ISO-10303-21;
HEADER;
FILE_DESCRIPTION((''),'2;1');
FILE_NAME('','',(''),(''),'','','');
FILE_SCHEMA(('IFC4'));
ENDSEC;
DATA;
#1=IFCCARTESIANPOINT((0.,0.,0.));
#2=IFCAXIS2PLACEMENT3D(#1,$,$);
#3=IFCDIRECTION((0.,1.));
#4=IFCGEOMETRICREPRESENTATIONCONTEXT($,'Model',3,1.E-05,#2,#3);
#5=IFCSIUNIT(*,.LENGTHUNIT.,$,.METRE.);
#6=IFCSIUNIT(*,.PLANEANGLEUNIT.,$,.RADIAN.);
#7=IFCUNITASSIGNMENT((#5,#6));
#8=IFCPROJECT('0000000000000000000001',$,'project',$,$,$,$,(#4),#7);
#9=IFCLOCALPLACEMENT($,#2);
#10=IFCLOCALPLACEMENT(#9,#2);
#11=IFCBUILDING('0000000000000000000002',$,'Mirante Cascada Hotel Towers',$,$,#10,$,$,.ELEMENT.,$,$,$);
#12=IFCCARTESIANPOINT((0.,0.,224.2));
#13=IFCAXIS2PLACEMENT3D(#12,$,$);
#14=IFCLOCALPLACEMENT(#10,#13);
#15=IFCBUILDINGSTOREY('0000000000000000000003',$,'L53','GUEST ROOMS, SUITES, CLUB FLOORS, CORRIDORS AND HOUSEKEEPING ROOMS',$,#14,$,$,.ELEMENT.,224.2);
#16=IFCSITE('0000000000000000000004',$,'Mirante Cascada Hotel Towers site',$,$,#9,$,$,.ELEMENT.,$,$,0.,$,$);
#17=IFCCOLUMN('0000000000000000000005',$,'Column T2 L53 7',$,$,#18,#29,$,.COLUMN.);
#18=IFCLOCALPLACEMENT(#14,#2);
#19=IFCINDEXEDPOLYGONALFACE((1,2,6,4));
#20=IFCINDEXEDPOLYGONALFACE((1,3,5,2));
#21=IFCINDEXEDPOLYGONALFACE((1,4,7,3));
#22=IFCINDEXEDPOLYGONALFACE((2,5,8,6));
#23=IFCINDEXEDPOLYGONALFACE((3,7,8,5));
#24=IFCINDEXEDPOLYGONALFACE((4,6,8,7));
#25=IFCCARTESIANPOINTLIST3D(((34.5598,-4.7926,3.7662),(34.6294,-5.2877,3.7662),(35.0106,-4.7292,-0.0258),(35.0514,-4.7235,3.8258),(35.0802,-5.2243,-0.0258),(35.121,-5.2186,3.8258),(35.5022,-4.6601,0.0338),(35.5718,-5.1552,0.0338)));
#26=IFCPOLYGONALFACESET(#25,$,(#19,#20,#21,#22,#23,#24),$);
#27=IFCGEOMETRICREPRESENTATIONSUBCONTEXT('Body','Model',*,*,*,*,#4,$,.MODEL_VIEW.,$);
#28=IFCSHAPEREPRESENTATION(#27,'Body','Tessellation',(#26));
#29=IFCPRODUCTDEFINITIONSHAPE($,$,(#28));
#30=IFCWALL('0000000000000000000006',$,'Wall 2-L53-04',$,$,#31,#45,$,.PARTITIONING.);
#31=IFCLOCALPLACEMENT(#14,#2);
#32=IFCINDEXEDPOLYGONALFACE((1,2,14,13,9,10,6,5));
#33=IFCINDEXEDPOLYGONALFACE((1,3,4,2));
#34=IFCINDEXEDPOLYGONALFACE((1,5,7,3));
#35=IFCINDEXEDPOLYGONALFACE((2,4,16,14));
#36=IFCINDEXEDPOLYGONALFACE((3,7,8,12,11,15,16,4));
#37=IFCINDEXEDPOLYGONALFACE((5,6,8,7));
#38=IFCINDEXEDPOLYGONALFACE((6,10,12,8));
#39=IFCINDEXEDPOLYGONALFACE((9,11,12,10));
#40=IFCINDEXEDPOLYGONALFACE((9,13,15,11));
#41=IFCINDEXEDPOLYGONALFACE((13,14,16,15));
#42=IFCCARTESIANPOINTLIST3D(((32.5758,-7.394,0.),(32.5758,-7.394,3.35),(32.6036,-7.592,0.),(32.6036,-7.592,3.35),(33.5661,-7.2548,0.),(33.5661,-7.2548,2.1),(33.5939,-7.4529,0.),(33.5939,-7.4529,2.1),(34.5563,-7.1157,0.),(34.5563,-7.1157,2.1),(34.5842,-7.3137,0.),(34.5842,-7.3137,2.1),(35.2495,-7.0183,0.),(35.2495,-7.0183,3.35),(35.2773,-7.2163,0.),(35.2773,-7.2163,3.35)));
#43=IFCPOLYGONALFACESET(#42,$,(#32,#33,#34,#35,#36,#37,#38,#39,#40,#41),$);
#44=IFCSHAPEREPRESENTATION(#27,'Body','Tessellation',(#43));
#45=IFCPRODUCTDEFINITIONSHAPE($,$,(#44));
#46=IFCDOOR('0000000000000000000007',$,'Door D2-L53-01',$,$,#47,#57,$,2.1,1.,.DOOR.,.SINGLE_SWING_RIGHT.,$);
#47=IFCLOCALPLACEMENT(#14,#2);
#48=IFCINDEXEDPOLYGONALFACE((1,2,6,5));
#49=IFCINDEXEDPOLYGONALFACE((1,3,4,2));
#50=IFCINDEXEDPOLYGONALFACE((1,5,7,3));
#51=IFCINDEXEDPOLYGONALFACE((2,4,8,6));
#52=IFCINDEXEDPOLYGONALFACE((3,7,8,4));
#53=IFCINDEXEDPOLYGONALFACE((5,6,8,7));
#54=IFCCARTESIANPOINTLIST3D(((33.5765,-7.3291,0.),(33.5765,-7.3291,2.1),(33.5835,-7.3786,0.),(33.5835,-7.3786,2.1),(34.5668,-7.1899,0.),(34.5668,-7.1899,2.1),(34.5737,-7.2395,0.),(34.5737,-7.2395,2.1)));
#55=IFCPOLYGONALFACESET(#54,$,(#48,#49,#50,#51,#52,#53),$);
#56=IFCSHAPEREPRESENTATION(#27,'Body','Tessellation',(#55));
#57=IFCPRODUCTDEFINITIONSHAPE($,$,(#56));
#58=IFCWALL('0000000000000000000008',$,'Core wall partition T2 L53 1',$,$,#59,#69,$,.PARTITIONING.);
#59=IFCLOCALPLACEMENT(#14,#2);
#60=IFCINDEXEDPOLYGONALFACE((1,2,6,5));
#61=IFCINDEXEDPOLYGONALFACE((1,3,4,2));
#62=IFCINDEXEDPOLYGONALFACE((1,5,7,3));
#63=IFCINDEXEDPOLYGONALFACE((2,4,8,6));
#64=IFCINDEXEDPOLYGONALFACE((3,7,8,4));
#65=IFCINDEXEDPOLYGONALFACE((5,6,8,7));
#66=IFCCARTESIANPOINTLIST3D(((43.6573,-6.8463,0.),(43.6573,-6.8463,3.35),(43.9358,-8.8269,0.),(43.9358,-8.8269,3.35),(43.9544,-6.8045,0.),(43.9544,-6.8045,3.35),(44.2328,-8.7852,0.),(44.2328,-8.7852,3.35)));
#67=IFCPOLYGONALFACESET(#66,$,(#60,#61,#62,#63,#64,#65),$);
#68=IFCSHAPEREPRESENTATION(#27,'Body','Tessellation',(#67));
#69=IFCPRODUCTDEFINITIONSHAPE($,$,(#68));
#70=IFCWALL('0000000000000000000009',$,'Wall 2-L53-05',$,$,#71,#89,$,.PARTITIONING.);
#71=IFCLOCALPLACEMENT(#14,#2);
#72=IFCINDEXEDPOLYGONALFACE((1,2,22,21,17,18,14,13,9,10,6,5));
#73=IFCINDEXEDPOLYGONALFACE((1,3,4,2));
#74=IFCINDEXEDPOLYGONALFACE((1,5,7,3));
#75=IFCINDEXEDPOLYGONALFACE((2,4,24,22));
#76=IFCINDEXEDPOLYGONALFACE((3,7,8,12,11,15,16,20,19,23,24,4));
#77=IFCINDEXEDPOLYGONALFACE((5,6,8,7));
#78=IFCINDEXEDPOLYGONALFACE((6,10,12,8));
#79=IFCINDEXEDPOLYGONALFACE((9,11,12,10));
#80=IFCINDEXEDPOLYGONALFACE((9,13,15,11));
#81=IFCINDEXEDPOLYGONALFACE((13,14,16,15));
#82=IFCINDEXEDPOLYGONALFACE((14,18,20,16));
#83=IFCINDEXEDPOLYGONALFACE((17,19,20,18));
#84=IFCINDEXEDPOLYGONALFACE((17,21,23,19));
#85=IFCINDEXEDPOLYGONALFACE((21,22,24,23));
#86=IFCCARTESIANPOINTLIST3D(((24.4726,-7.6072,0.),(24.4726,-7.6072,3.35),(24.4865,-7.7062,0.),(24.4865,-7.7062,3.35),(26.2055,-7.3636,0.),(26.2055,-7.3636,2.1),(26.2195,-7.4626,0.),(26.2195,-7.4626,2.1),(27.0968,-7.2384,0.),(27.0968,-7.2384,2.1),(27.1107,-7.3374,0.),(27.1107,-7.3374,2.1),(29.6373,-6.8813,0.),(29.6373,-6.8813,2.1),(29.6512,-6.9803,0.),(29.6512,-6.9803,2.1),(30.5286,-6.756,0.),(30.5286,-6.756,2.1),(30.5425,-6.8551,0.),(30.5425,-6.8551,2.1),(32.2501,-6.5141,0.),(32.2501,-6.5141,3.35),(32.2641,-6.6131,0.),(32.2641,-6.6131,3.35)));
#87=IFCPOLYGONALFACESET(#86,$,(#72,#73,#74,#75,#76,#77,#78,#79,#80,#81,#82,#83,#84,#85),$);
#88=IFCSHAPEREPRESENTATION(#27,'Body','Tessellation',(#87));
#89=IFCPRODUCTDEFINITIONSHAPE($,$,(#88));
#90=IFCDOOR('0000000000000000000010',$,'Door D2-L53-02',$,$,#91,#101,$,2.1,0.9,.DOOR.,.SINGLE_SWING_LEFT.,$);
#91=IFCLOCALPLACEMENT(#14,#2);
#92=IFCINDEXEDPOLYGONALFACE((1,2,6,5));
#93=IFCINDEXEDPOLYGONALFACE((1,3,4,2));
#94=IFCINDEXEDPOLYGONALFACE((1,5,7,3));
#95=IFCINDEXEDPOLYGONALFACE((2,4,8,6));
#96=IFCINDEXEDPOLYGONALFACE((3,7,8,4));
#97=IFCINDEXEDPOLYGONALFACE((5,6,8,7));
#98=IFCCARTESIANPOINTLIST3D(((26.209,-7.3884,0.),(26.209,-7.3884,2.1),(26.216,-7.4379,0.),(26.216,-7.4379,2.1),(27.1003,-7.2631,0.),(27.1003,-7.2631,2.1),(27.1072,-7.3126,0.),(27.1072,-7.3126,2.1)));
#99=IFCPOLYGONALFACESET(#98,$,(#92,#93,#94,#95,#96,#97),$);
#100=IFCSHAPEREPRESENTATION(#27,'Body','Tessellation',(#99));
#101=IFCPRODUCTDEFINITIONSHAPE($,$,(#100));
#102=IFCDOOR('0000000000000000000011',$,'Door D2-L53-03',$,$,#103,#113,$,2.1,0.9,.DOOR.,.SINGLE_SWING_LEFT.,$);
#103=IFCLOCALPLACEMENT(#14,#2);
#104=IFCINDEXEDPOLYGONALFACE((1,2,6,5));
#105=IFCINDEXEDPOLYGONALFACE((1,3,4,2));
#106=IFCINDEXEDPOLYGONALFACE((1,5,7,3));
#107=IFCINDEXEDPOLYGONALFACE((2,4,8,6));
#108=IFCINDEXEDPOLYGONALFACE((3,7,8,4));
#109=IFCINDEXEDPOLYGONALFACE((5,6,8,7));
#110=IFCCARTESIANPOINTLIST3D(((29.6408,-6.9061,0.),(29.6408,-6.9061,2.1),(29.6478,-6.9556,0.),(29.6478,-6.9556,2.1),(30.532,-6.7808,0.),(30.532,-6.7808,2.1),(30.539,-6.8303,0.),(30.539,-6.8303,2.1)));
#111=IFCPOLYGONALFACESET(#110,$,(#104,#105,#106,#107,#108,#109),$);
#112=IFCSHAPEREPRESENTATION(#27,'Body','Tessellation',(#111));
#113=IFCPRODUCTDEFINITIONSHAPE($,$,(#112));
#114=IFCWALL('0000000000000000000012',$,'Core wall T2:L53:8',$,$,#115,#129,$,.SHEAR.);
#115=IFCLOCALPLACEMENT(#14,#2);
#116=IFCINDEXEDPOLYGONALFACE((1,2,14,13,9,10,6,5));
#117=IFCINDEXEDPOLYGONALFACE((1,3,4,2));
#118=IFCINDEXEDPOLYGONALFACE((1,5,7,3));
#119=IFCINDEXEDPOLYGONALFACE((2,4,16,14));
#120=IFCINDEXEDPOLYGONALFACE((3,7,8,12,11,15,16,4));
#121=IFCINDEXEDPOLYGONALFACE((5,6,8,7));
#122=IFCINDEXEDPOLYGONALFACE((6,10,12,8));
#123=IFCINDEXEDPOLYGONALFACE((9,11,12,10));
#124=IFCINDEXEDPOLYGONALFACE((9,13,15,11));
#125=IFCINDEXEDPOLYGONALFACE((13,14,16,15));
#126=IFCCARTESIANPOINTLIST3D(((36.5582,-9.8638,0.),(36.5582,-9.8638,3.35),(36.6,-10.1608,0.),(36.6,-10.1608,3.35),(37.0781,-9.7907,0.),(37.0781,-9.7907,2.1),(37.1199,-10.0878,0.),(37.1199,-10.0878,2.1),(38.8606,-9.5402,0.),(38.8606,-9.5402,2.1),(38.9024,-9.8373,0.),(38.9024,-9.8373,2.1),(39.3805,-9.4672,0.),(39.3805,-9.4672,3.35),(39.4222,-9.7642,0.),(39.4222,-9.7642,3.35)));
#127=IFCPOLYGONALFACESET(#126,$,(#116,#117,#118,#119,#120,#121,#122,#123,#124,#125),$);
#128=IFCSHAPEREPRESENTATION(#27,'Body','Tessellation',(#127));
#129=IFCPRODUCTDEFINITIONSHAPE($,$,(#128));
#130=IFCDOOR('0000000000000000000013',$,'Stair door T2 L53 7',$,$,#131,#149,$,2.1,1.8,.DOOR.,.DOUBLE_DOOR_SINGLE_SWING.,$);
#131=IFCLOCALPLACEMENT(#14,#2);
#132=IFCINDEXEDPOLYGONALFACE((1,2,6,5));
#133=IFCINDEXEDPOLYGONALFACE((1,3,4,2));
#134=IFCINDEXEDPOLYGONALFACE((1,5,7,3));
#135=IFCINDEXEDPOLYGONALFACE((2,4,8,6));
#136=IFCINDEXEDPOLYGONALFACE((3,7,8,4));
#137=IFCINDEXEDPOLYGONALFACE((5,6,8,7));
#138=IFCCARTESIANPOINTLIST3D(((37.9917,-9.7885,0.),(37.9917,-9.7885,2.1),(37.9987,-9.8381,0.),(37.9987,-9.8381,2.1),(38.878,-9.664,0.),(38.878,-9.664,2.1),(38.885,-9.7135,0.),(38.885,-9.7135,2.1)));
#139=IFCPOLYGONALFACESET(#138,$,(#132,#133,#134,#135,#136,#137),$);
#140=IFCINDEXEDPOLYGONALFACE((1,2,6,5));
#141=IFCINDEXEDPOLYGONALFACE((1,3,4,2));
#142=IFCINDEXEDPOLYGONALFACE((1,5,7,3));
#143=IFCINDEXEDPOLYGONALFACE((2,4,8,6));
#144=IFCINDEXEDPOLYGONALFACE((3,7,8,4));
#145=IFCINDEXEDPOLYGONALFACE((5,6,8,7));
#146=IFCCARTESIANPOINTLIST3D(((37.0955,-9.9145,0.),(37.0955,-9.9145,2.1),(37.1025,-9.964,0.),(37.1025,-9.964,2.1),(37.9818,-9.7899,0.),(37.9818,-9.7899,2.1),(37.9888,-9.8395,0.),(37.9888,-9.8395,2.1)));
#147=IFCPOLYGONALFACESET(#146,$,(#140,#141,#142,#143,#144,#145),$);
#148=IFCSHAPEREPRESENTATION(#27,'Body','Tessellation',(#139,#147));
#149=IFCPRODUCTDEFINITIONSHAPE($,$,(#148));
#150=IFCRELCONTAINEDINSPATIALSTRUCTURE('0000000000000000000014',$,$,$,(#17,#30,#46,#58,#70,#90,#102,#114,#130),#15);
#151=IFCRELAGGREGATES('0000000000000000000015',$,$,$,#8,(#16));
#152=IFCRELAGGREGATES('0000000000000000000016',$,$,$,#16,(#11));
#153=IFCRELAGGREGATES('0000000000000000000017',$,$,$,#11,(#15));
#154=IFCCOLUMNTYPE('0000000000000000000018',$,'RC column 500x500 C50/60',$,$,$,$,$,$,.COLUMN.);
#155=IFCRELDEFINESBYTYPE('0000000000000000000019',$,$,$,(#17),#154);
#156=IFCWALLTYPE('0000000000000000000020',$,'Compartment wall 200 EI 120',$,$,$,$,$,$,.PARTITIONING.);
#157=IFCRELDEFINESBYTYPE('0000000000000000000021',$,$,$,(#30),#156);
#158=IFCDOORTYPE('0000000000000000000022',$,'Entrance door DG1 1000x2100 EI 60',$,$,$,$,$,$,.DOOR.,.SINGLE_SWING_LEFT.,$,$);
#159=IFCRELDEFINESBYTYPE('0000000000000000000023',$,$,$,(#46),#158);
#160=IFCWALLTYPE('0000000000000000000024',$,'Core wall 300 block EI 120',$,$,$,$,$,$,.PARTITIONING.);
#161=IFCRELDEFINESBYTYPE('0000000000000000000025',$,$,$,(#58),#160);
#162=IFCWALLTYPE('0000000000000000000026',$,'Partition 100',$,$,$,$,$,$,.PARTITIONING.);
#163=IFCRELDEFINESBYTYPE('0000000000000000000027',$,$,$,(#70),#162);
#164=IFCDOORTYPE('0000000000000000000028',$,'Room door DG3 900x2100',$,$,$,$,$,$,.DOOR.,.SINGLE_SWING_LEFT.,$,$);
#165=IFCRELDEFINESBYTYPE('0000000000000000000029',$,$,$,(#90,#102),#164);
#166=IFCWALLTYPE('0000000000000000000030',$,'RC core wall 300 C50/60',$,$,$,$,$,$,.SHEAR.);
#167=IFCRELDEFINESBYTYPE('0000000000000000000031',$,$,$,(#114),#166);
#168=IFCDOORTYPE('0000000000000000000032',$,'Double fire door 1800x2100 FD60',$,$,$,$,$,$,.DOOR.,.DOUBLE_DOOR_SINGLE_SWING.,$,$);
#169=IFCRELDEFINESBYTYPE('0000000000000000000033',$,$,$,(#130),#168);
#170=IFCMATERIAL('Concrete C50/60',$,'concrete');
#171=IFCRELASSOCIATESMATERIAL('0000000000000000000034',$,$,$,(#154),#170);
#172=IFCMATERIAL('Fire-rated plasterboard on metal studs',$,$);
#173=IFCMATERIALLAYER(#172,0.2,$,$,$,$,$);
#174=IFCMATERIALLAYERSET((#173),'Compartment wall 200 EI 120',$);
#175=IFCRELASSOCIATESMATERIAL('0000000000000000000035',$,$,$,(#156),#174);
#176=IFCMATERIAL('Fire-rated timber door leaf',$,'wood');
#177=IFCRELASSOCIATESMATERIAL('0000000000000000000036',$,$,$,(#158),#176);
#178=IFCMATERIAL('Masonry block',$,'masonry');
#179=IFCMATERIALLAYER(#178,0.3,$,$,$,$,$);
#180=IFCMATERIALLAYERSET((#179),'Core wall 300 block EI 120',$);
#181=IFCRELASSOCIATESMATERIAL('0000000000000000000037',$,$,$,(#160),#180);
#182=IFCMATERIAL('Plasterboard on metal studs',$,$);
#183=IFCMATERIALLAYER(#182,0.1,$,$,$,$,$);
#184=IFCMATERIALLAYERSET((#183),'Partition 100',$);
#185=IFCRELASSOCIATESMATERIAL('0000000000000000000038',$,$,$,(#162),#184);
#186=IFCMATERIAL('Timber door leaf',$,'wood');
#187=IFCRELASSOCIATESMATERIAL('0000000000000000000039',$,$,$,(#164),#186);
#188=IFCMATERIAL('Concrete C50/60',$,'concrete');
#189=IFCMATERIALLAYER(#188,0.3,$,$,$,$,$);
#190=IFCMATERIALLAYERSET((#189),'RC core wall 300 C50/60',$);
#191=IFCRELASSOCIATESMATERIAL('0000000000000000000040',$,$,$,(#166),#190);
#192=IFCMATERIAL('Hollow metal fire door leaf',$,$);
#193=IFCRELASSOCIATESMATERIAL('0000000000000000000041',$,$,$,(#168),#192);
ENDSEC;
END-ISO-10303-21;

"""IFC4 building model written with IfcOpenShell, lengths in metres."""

from ifc_helpers import new_model, si_unit, direction, frame, frame_2d, origin, origin_2d, place, context, subcontext, project, spatial, rectangle, extrude, material, layer, layer_set, material_profile, profile_set, type_object, element, fill, save


model = new_model("IFC4")

# Units and contexts
model_context = context("Model", 3, precision=1e-05, world=origin(), true_north=direction((0.0, 1.0)))
body_context = subcontext(model_context, "Body", "Model", "MODEL_VIEW")
ifc_project = project(units=[si_unit("LENGTHUNIT", "METRE"), si_unit("PLANEANGLEUNIT", "RADIAN")], contexts=[model_context])

# Site, building, storey
site_placement = place(None, origin())
site = spatial("IfcSite", under=ifc_project, at=site_placement, Name="Mirante Cascada Hotel Towers site", CompositionType="ELEMENT", RefElevation=0.0)
building_placement = place(site_placement, origin())
building = spatial("IfcBuilding", under=site, at=building_placement, Name="Mirante Cascada Hotel Towers", CompositionType="ELEMENT")
storey_placement = place(building_placement, frame((0.0, 0.0, 224.2)))
storey = spatial("IfcBuildingStorey", under=building, at=storey_placement, Name="L53", Description="GUEST ROOMS, SUITES, CLUB FLOORS, CORRIDORS AND HOUSEKEEPING ROOMS", CompositionType="ELEMENT", Elevation=224.2)

# Column
ifc_material_1 = material(Name="Concrete C50/60", Category="concrete")
ifc_material_profile = material_profile(ifc_material_1, rectangle(XDim=0.5, YDim=0.5, at=origin_2d()), Name="RC column 500x500 C50/60")
ifc_profile_set = profile_set([ifc_material_profile], Name="Concrete C50/60")
column_type = type_object("IfcColumnType", Name="RC column 500x500 C50/60", PredefinedType="COLUMN", material=ifc_profile_set)
column_placement = place(storey_placement, frame((35.2912, -4.9422, 0.004), z_axis=(-0.118034, -0.0166, 0.992871), x_axis=(0.139268, -0.990255, 0.0)))
element("IfcColumn", 1, at=column_placement, inside=storey, type_object=column_type, Name="Column T2 L53 7", PredefinedType="COLUMN", context=body_context, shape_type="SweptSolid", body=[
    extrude(rectangle(XDim=0.5, YDim=0.5, at=origin_2d()), origin(), (0.0, 0.0, 1.0), 3.8192),
])

# Wall, opening, door
ifc_material_2 = material(Name="Fire-rated plasterboard on metal studs")
ifc_layer_1 = layer(ifc_material_2, 0.2)
ifc_layer_set_1 = layer_set([ifc_layer_1], Name="Compartment wall 200 EI 120")
wall_type_1 = type_object("IfcWallType", Name="Compartment wall 200 EI 120", PredefinedType="PARTITIONING", material=ifc_layer_set_1)
wall_1_placement = place(storey_placement, frame((32.5897, -7.493, 0.0), z_axis=(0.0, 0.0, 1.0), x_axis=(0.990271, 0.13915, 0.0)))
wall_1 = element("IfcWall", 2, at=wall_1_placement, inside=storey, type_object=wall_type_1, Name="Wall 2-L53-04", PredefinedType="PARTITIONING", context=body_context, shape_type="SweptSolid", body=[
    extrude(rectangle(XDim=2.7, YDim=0.2, at=frame_2d((1.35, 0.0))), origin(), (0.0, 0.0, 1.0), 3.35),
])
opening_1_placement = place(wall_1_placement, frame((1.0, 0.0, 0.0)))
opening_1 = element("IfcOpeningElement", 3, at=opening_1_placement, cuts=wall_1, PredefinedType="OPENING", context=body_context, shape_type="SweptSolid", body=[
    extrude(rectangle(XDim=1.0, YDim=2.1, at=frame_2d((0.5, 1.05))), frame((0.0, 0.1, 0.0), z_axis=(0.0, -1.0, 0.0), x_axis=(1.0, 0.0, 0.0)), (0.0, 0.0, 1.0), 0.2),
])
ifc_material_3 = material(Name="Fire-rated timber door leaf", Category="wood")
door_type_1 = type_object("IfcDoorType", Name="Entrance door DG1 1000x2100 EI 60", OperationType="SINGLE_SWING_LEFT", PredefinedType="DOOR", material=ifc_material_3)
door_1_placement = place(opening_1_placement, frame((1.0, 0.0, 0.0), z_axis=(0.0, 0.0, 1.0), x_axis=(-1.0, 0.0, 0.0)))
door_1 = element("IfcDoor", 4, at=door_1_placement, inside=storey, type_object=door_type_1, Name="Door D2-L53-01", OperationType="SINGLE_SWING_RIGHT", OverallHeight=2.1, OverallWidth=1.0, PredefinedType="DOOR", context=body_context, shape_type="SweptSolid", body=[
    extrude(rectangle(XDim=1.0, YDim=2.1, at=frame_2d((0.5, 1.05))), frame((0.0, 0.025, 0.0), z_axis=(0.0, -1.0, 0.0), x_axis=(1.0, 0.0, 0.0)), (0.0, 0.0, 1.0), 0.05),
])
fill(opening_1, door_1)

# Wall
ifc_material_4 = material(Name="Masonry block", Category="masonry")
ifc_layer_2 = layer(ifc_material_4, 0.3)
ifc_layer_set_2 = layer_set([ifc_layer_2], Name="Core wall 300 block EI 120")
wall_type_2 = type_object("IfcWallType", Name="Core wall 300 block EI 120", PredefinedType="PARTITIONING", material=ifc_layer_set_2)
wall_2_placement = place(storey_placement, frame((44.0843, -8.8061, 0.0), z_axis=(0.0, 0.0, 1.0), x_axis=(-0.139195, 0.990265, 0.0)))
element("IfcWall", 5, at=wall_2_placement, inside=storey, type_object=wall_type_2, Name="Core wall partition T2 L53 1", PredefinedType="PARTITIONING", context=body_context, shape_type="SweptSolid", body=[
    extrude(rectangle(XDim=2.0001, YDim=0.3, at=frame_2d((1.0001, 0.0))), origin(), (0.0, 0.0, 1.0), 3.35),
])

# Wall, openings, doors
ifc_material_5 = material(Name="Plasterboard on metal studs")
ifc_layer_3 = layer(ifc_material_5, 0.1)
ifc_layer_set_3 = layer_set([ifc_layer_3], Name="Partition 100")
wall_type_3 = type_object("IfcWallType", Name="Partition 100", PredefinedType="PARTITIONING", material=ifc_layer_set_3)
wall_3_placement = place(storey_placement, frame((32.2571, -6.5636, 0.0), z_axis=(0.0, 0.0, 1.0), x_axis=(-0.990267, -0.139177, 0.0)))
wall_3 = element("IfcWall", 6, at=wall_3_placement, inside=storey, type_object=wall_type_3, Name="Wall 2-L53-05", PredefinedType="PARTITIONING", context=body_context, shape_type="SweptSolid", body=[
    extrude(rectangle(XDim=7.854, YDim=0.1, at=frame_2d((3.927, 0.0))), origin(), (0.0, 0.0, 1.0), 3.35),
])
opening_2_placement = place(wall_3_placement, frame((5.204, 0.0, 0.0)))
opening_2 = element("IfcOpeningElement", 7, at=opening_2_placement, cuts=wall_3, PredefinedType="OPENING", context=body_context, shape_type="SweptSolid", body=[
    extrude(rectangle(XDim=0.9, YDim=2.1, at=frame_2d((0.45, 1.05))), frame((0.0, 0.05, 0.0), z_axis=(0.0, -1.0, 0.0), x_axis=(1.0, 0.0, 0.0)), (0.0, 0.0, 1.0), 0.1),
])
opening_3_placement = place(wall_3_placement, frame((1.7385, 0.0, 0.0)))
opening_3 = element("IfcOpeningElement", 8, at=opening_3_placement, cuts=wall_3, PredefinedType="OPENING", context=body_context, shape_type="SweptSolid", body=[
    extrude(rectangle(XDim=0.9, YDim=2.1, at=frame_2d((0.45, 1.05))), frame((0.0, 0.05, 0.0), z_axis=(0.0, -1.0, 0.0), x_axis=(1.0, 0.0, 0.0)), (0.0, 0.0, 1.0), 0.1),
])
ifc_material_6 = material(Name="Timber door leaf", Category="wood")
door_type_2 = type_object("IfcDoorType", Name="Room door DG3 900x2100", OperationType="SINGLE_SWING_LEFT", PredefinedType="DOOR", material=ifc_material_6)
door_2_placement = place(opening_2_placement, origin())
door_2 = element("IfcDoor", 9, at=door_2_placement, inside=storey, type_object=door_type_2, Name="Door D2-L53-02", OperationType="SINGLE_SWING_LEFT", OverallHeight=2.1, OverallWidth=0.9, PredefinedType="DOOR", context=body_context, shape_type="SweptSolid", body=[
    extrude(rectangle(XDim=0.9, YDim=2.1, at=frame_2d((0.45, 1.05))), frame((0.0, 0.025, 0.0), z_axis=(0.0, -1.0, 0.0), x_axis=(1.0, 0.0, 0.0)), (0.0, 0.0, 1.0), 0.05),
])
fill(opening_2, door_2)
door_3_placement = place(opening_3_placement, origin())
door_3 = element("IfcDoor", 10, at=door_3_placement, inside=storey, type_object=door_type_2, Name="Door D2-L53-03", OperationType="SINGLE_SWING_LEFT", OverallHeight=2.1, OverallWidth=0.9, PredefinedType="DOOR", context=body_context, shape_type="SweptSolid", body=[
    extrude(rectangle(XDim=0.9, YDim=2.1, at=frame_2d((0.45, 1.05))), frame((0.0, 0.025, 0.0), z_axis=(0.0, -1.0, 0.0), x_axis=(1.0, 0.0, 0.0)), (0.0, 0.0, 1.0), 0.05),
])
fill(opening_3, door_3)

# Wall, opening, door
ifc_material_7 = material(Name="Concrete C50/60", Category="concrete")
ifc_layer_4 = layer(ifc_material_7, 0.3)
ifc_layer_set_4 = layer_set([ifc_layer_4], Name="RC core wall 300 C50/60")
wall_type_4 = type_object("IfcWallType", Name="RC core wall 300 C50/60", PredefinedType="SHEAR", material=ifc_layer_set_4)
wall_4_placement = place(storey_placement, frame((36.5791, -10.0123, 0.0), z_axis=(0.0, 0.0, 1.0), x_axis=(0.99027, 0.139156, 0.0)))
wall_4 = element("IfcWall", 11, at=wall_4_placement, inside=storey, type_object=wall_type_4, Name="Core wall T2:L53:8", PredefinedType="SHEAR", context=body_context, shape_type="SweptSolid", body=[
    extrude(rectangle(XDim=2.85, YDim=0.3, at=frame_2d((1.425, 0.0))), origin(), (0.0, 0.0, 1.0), 3.35),
])
opening_4_placement = place(wall_4_placement, frame((0.525, 0.0, 0.0)))
opening_4 = element("IfcOpeningElement", 12, at=opening_4_placement, cuts=wall_4, PredefinedType="OPENING", context=body_context, shape_type="SweptSolid", body=[
    extrude(rectangle(XDim=1.8, YDim=2.1, at=frame_2d((0.9, 1.05))), frame((0.0, 0.15, 0.0), z_axis=(0.0, -1.0, 0.0), x_axis=(1.0, 0.0, 0.0)), (0.0, 0.0, 1.0), 0.3),
])
ifc_material_8 = material(Name="Hollow metal fire door leaf")
door_type_3 = type_object("IfcDoorType", Name="Double fire door 1800x2100 FD60", OperationType="DOUBLE_DOOR_SINGLE_SWING", PredefinedType="DOOR", material=ifc_material_8)
door_4_placement = place(opening_4_placement, frame((1.8, 0.0, 0.0), z_axis=(0.0, 0.0, 1.0), x_axis=(-1.0, 0.0, 0.0)))
door_4 = element("IfcDoor", 13, at=door_4_placement, inside=storey, type_object=door_type_3, Name="Stair door T2 L53 7", OperationType="DOUBLE_DOOR_SINGLE_SWING", OverallHeight=2.1, OverallWidth=1.8, PredefinedType="DOOR", context=body_context, shape_type="SweptSolid", body=[
    extrude(rectangle(XDim=0.895, YDim=2.1, at=frame_2d((0.4475, 1.05))), frame((0.0, 0.025, 0.0), z_axis=(0.0, -1.0, 0.0), x_axis=(1.0, 0.0, 0.0)), (0.0, 0.0, 1.0), 0.05),
    extrude(rectangle(XDim=0.895, YDim=2.1, at=frame_2d((1.3525, 1.05))), frame((0.0, 0.025, 0.0), z_axis=(0.0, -1.0, 0.0), x_axis=(1.0, 0.0, 0.0)), (0.0, 0.0, 1.0), 0.05),
])
fill(opening_4, door_4)

save(model, "model.ifc")
